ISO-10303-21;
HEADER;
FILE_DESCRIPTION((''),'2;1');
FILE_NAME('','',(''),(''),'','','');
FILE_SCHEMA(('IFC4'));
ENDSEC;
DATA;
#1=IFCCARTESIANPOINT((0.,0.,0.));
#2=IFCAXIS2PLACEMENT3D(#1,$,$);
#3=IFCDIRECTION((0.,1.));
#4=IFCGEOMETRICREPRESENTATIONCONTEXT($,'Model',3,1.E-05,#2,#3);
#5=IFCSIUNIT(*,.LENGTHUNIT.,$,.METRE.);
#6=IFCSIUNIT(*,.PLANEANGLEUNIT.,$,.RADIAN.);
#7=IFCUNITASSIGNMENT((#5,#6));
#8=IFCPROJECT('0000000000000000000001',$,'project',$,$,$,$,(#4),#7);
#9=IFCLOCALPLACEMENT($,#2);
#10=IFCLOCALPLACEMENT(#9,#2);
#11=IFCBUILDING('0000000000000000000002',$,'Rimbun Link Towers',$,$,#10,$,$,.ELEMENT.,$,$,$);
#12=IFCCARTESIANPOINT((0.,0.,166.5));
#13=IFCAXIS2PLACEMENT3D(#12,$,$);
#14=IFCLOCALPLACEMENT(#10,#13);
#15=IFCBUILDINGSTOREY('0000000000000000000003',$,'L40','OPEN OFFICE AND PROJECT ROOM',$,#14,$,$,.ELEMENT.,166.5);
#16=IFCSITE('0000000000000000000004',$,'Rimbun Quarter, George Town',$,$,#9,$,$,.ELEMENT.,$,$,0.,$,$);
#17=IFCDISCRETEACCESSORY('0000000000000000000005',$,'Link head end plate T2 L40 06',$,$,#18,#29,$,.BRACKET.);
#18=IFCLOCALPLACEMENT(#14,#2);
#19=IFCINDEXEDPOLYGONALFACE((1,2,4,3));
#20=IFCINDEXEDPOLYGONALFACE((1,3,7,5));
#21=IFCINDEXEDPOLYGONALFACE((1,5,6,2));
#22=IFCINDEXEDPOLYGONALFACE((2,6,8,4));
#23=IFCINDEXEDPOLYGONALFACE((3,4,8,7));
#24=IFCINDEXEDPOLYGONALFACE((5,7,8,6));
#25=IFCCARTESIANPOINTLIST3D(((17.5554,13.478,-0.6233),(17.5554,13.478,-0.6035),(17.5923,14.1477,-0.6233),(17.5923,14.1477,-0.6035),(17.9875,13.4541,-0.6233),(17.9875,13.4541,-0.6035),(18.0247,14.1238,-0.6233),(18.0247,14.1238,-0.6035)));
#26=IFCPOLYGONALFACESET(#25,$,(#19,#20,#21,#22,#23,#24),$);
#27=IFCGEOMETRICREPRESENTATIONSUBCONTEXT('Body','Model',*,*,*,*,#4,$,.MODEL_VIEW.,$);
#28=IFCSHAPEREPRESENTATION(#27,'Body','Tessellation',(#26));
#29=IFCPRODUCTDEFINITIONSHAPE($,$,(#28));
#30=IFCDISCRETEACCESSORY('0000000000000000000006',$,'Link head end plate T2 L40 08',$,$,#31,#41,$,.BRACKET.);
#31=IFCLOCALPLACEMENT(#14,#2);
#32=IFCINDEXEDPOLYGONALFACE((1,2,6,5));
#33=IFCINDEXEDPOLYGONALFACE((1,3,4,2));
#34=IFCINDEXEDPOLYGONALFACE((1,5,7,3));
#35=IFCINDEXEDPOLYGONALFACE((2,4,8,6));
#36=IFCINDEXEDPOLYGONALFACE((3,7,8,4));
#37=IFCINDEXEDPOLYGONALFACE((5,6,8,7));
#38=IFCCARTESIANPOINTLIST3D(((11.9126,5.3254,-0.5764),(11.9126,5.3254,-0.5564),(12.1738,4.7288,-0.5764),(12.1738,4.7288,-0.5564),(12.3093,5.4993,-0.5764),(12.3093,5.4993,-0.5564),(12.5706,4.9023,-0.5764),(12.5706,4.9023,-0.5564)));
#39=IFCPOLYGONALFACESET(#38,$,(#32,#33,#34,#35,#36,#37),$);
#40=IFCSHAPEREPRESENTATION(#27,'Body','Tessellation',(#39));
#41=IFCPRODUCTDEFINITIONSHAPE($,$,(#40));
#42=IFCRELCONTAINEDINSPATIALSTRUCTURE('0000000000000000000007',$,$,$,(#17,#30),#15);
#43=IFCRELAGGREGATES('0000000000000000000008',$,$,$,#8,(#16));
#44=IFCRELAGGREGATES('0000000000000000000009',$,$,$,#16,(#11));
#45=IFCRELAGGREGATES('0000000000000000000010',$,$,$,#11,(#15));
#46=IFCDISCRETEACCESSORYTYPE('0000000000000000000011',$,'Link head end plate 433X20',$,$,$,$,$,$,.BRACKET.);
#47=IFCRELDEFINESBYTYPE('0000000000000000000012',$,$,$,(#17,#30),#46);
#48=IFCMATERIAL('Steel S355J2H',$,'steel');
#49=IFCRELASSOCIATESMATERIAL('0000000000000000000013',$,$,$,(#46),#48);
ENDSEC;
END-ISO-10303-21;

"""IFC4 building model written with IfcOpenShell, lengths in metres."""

from ifc_helpers import new_model, si_unit, direction, frame, origin, origin_2d, place, context, subcontext, project, spatial, polyline, rectangle, outline, extrude, material, material_profile, profile_set, type_object, element, save


model = new_model("IFC4")

# Units and contexts
model_context = context("Model", 3, precision=1e-05, world=origin(), true_north=direction((0.0, 1.0)))
body_context = subcontext(model_context, "Body", "Model", "MODEL_VIEW")
ifc_project = project(units=[si_unit("LENGTHUNIT", "METRE"), si_unit("PLANEANGLEUNIT", "RADIAN")], contexts=[model_context])

# Site, building, storey
site_placement = place(None, origin())
site = spatial("IfcSite", under=ifc_project, at=site_placement, Name="Rimbun Quarter, George Town", CompositionType="ELEMENT", RefElevation=0.0)
building_placement = place(site_placement, origin())
building = spatial("IfcBuilding", under=site, at=building_placement, Name="Rimbun Link Towers", CompositionType="ELEMENT")
storey_placement = place(building_placement, frame((0.0, 0.0, 166.5)))
storey = spatial("IfcBuildingStorey", under=building, at=storey_placement, Name="L40", Description="OPEN OFFICE AND PROJECT ROOM", CompositionType="ELEMENT", Elevation=166.5)

# Discrete accessories
ifc_material_1 = material(Name="Steel S355J2H", Category="steel")
ifc_material_profile_1 = material_profile(ifc_material_1, rectangle(XDim=0.4331, YDim=0.4331, at=origin_2d()), Name="PL 433x433")
ifc_profile_set_1 = profile_set([ifc_material_profile_1], Name="Steel S355J2H")
discrete_accessory_type_1 = type_object("IfcDiscreteAccessoryType", Name="Link head end plate 433X20", PredefinedType="BRACKET", material=ifc_profile_set_1)
discrete_accessory_1_placement = place(storey_placement, frame((0.0, 0.0, -0.6233)))
element("IfcDiscreteAccessory", 1, at=discrete_accessory_1_placement, inside=storey, type_object=discrete_accessory_type_1, Name="Link head end plate T2 L40 06", PredefinedType="BRACKET", context=body_context, shape_type="SweptSolid", body=[
    extrude(outline(polyline([(17.9875, 13.4541), (18.0247, 14.1238), (17.5923, 14.1477), (17.5554, 13.478), (17.9875, 13.4541)])), origin(), (0.0, 0.0, 1.0), 0.0198),
])
discrete_accessory_2_placement = place(storey_placement, frame((0.0, 0.0, -0.5764)))
element("IfcDiscreteAccessory", 2, at=discrete_accessory_2_placement, inside=storey, type_object=discrete_accessory_type_1, Name="Link head end plate T2 L40 08", PredefinedType="BRACKET", context=body_context, shape_type="SweptSolid", body=[
    extrude(outline(polyline([(12.5706, 4.9023), (12.3093, 5.4993), (11.9126, 5.3254), (12.1738, 4.7288), (12.5706, 4.9023)])), origin(), (0.0, 0.0, 1.0), 0.02),
])

save(model, "model.ifc")
